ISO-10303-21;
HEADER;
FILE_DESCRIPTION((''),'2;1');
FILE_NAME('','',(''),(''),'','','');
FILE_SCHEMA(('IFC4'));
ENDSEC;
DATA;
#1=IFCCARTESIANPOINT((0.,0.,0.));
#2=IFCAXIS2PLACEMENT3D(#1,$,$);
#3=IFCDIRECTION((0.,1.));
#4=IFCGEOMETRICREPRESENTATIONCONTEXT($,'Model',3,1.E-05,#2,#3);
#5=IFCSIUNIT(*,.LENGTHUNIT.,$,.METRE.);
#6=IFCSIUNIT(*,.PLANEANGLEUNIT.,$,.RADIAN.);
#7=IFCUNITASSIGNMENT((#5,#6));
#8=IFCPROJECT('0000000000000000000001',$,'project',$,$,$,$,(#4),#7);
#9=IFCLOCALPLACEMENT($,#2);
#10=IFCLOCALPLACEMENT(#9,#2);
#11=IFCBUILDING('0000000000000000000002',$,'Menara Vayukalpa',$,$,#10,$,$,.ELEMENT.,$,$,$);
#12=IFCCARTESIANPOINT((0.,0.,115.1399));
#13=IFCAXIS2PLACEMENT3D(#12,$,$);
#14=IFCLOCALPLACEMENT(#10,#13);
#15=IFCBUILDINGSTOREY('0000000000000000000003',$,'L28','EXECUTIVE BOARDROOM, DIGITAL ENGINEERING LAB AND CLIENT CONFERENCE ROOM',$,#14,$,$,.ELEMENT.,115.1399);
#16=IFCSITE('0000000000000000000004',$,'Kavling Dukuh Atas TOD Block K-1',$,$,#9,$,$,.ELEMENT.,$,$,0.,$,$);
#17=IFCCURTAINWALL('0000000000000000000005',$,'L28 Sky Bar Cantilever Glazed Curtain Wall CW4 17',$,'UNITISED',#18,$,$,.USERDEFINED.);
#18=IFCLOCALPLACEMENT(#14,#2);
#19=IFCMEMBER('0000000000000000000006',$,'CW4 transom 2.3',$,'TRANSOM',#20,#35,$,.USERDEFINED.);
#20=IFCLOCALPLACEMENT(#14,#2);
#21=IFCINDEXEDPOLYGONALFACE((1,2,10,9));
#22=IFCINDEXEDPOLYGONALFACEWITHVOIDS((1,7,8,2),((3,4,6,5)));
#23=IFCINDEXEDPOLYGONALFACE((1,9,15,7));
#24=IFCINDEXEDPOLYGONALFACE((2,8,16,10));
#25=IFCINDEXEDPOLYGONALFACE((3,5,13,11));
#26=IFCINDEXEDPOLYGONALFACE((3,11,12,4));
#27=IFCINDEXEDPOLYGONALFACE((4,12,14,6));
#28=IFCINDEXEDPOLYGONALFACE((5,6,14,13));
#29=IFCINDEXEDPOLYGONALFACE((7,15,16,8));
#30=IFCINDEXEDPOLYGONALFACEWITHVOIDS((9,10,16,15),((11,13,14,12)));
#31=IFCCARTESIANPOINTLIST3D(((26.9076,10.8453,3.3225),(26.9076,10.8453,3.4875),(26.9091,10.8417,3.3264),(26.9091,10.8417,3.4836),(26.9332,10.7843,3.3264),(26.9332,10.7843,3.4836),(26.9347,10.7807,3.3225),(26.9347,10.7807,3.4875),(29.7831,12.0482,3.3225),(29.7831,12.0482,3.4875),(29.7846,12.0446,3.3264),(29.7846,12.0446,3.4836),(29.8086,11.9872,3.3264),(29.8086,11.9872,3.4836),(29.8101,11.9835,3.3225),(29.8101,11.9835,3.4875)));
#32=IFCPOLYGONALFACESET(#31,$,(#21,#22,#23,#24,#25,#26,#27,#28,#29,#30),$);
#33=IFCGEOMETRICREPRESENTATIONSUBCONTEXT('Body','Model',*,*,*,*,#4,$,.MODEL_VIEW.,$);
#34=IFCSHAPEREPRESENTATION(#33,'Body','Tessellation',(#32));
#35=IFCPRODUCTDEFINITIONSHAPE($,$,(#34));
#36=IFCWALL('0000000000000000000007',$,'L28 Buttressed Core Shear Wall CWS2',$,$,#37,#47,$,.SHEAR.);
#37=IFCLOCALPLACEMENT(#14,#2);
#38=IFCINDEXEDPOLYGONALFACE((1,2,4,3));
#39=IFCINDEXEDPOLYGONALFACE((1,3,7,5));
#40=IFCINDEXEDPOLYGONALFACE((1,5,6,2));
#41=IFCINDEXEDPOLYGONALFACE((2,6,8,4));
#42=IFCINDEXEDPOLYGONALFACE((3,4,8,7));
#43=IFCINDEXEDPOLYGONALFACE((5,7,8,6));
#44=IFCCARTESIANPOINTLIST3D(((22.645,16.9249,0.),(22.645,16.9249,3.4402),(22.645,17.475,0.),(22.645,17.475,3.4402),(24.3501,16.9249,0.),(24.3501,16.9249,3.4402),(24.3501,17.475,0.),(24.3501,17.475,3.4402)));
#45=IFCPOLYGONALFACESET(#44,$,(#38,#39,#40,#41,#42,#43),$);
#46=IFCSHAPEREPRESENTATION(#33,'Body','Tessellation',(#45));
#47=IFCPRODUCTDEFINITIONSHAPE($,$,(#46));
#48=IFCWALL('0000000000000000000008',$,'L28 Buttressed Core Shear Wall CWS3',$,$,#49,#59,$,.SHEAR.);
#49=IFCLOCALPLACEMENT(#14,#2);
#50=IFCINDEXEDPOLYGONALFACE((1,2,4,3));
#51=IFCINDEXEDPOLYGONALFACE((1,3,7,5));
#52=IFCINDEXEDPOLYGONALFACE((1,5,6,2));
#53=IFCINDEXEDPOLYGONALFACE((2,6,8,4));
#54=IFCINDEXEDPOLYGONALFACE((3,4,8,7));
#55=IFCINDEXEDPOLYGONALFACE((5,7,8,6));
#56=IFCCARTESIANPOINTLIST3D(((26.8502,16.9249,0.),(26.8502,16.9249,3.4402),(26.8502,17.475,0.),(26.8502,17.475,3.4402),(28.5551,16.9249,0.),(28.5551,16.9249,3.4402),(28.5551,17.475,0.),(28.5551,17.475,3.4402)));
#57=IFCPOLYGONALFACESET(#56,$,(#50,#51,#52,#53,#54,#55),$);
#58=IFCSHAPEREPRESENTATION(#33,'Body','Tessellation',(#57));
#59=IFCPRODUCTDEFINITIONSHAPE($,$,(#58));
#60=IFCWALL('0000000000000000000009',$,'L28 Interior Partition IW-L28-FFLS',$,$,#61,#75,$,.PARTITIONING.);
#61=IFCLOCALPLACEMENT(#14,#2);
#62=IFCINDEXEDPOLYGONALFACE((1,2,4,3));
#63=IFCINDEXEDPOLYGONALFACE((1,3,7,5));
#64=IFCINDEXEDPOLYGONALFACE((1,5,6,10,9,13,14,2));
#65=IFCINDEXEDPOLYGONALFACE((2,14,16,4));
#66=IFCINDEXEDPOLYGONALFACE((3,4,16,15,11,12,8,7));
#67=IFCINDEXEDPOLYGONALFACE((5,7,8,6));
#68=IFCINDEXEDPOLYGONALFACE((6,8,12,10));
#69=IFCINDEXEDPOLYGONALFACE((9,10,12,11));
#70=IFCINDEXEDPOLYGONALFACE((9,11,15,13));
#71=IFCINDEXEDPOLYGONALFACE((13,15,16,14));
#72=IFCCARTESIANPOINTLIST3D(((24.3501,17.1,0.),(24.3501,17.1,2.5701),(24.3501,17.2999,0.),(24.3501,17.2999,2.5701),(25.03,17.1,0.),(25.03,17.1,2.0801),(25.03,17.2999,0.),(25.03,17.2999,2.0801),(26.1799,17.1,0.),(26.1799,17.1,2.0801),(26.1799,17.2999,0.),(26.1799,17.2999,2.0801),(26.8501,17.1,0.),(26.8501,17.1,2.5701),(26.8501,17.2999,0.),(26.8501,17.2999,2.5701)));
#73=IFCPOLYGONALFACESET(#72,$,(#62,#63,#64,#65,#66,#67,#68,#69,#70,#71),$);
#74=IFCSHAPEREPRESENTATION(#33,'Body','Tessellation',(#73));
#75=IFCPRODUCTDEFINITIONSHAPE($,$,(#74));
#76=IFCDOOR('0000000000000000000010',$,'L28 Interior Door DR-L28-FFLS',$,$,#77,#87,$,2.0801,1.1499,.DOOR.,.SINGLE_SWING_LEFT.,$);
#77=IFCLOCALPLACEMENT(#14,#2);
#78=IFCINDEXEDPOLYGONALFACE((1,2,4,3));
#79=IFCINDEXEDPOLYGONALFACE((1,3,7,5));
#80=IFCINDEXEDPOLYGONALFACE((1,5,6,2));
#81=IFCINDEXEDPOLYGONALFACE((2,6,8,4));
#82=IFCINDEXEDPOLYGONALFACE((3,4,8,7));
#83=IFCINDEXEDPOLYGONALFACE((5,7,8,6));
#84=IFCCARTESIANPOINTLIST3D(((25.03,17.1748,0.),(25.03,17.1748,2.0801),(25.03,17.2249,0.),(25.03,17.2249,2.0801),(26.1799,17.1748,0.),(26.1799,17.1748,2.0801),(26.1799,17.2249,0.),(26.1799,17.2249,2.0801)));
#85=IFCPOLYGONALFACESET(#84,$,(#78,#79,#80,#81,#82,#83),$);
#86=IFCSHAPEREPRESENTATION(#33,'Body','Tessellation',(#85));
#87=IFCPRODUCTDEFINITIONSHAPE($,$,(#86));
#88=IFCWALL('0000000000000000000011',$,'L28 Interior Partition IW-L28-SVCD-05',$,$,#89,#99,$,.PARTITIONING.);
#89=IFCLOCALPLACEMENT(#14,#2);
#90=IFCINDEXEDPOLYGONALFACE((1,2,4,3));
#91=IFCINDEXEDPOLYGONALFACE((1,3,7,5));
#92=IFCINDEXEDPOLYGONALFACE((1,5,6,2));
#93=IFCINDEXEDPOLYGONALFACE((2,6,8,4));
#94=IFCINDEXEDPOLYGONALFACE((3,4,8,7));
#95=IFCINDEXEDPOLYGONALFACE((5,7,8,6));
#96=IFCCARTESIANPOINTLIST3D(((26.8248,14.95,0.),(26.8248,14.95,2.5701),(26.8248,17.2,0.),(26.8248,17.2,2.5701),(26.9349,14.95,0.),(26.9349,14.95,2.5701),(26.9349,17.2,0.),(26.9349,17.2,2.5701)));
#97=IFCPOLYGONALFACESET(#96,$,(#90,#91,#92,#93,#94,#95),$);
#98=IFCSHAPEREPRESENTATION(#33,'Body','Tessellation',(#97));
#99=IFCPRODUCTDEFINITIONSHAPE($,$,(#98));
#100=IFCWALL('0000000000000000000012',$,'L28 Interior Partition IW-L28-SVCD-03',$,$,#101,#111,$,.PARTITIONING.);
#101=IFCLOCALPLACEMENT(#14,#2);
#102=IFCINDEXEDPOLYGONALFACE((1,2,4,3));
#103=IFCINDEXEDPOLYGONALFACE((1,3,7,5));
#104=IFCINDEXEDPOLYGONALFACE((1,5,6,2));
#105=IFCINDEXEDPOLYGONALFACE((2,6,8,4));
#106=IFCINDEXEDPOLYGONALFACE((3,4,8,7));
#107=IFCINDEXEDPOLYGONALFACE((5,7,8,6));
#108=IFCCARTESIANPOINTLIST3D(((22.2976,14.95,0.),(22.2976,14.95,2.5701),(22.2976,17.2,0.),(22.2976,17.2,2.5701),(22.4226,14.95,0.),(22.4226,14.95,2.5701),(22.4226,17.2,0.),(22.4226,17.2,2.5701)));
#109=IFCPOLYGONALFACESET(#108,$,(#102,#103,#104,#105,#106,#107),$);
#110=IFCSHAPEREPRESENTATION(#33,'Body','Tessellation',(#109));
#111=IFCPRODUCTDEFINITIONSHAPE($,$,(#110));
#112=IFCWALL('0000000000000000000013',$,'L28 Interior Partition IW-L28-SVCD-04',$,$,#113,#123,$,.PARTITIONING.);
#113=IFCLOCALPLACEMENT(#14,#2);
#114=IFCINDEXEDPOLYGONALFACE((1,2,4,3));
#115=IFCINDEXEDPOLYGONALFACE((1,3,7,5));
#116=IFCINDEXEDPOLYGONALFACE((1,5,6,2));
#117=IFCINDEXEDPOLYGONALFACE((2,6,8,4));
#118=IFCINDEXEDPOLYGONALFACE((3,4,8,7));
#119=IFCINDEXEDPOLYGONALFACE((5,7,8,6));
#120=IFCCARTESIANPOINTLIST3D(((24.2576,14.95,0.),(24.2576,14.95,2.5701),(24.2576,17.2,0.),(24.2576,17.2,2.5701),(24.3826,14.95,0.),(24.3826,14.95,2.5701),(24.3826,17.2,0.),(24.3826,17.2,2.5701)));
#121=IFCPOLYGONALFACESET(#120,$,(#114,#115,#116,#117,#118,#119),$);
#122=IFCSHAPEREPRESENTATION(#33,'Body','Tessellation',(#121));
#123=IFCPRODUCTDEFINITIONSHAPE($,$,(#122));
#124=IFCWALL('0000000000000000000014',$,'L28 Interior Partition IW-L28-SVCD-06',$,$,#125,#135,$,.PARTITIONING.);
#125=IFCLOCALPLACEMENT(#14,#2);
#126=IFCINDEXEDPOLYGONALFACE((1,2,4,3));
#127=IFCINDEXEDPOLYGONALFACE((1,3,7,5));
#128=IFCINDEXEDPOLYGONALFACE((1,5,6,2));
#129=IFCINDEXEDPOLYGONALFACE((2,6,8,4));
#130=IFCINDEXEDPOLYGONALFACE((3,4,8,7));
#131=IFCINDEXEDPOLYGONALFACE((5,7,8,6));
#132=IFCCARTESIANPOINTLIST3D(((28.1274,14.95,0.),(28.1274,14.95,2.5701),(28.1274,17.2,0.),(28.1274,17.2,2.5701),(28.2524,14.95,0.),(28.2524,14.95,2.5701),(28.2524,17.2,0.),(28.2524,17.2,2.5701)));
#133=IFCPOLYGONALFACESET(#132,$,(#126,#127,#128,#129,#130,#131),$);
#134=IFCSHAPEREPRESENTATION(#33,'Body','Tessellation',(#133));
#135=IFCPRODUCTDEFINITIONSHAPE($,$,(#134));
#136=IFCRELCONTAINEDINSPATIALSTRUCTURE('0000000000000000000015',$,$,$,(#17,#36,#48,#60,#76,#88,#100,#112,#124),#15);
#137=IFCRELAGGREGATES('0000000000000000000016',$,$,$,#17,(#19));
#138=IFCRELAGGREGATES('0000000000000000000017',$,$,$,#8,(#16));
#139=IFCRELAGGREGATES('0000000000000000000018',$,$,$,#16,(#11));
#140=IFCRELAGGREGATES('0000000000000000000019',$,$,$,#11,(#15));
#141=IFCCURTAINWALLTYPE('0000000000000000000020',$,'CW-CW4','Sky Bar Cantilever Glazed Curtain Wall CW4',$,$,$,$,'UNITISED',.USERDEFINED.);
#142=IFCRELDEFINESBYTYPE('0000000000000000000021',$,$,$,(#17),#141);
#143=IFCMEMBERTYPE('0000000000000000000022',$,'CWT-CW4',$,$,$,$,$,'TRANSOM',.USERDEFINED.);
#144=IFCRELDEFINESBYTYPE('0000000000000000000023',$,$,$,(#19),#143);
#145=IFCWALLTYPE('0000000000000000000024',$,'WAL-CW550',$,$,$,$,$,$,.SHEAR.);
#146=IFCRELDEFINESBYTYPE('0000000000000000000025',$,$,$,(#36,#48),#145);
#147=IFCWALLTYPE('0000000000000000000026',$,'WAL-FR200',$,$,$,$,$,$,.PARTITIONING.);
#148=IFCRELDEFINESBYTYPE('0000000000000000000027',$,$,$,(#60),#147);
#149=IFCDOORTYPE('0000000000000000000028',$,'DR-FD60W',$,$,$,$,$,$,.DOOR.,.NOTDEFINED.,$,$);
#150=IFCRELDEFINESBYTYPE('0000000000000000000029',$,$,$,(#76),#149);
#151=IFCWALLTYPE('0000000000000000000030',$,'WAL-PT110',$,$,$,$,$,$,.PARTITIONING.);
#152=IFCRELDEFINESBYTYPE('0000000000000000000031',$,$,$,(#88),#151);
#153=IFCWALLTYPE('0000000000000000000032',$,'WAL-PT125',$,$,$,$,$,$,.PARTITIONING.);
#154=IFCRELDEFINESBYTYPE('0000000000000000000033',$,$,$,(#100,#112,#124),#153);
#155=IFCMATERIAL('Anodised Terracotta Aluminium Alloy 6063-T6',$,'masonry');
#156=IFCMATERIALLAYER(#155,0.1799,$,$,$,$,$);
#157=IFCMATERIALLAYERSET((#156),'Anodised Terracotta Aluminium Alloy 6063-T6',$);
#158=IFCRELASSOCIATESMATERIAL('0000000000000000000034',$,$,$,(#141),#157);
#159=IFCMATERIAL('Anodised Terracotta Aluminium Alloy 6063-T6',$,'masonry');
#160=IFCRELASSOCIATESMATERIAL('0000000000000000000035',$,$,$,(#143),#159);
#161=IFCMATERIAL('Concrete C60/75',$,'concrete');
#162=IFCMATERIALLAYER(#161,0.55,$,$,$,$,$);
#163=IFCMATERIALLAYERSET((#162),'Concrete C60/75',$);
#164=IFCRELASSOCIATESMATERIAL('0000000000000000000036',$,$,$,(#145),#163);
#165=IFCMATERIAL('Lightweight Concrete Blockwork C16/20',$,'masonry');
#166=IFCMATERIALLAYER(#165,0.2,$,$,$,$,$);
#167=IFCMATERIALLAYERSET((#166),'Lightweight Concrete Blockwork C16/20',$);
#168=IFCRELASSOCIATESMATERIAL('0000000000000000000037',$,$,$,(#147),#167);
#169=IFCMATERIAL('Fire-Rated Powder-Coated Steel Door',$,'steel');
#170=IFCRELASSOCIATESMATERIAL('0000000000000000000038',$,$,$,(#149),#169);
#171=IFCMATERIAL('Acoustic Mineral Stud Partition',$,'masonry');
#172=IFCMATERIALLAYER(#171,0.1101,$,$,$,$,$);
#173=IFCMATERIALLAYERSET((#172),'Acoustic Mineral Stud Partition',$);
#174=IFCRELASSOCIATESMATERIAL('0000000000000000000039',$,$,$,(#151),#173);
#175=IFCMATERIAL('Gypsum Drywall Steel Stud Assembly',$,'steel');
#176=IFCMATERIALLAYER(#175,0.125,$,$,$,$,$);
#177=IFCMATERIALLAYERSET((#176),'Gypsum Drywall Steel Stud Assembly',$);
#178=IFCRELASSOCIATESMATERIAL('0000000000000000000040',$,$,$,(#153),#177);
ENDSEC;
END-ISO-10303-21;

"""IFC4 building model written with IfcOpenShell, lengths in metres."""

from ifc_helpers import new_model, si_unit, direction, frame, frame_2d, origin, origin_2d, place, context, subcontext, project, spatial, rectangle, hollow_rectangle, extrude, material, layer, layer_set, material_profile, profile_set, type_object, element, fill, aggregate, save


model = new_model("IFC4")

# Units and contexts
model_context = context("Model", 3, precision=1e-05, world=origin(), true_north=direction((0.0, 1.0)))
body_context = subcontext(model_context, "Body", "Model", "MODEL_VIEW")
ifc_project = project(units=[si_unit("LENGTHUNIT", "METRE"), si_unit("PLANEANGLEUNIT", "RADIAN")], contexts=[model_context])

# Site, building, storey
site_placement = place(None, origin())
site = spatial("IfcSite", under=ifc_project, at=site_placement, Name="Kavling Dukuh Atas TOD Block K-1", CompositionType="ELEMENT", RefElevation=0.0)
building_placement = place(site_placement, origin())
building = spatial("IfcBuilding", under=site, at=building_placement, Name="Menara Vayukalpa", CompositionType="ELEMENT")
storey_placement = place(building_placement, frame((0.0, 0.0, 115.1399)))
storey = spatial("IfcBuildingStorey", under=building, at=storey_placement, Name="L28", Description="EXECUTIVE BOARDROOM, DIGITAL ENGINEERING LAB AND CLIENT CONFERENCE ROOM", CompositionType="ELEMENT", Elevation=115.1399)

# Curtain wall, member
ifc_material_1 = material(Name="Anodised Terracotta Aluminium Alloy 6063-T6", Category="masonry")
ifc_layer_1 = layer(ifc_material_1, 0.1799)
ifc_layer_set_1 = layer_set([ifc_layer_1], Name="Anodised Terracotta Aluminium Alloy 6063-T6")
curtain_wall_type = type_object("IfcCurtainWallType", Name="CW-CW4", Description="Sky Bar Cantilever Glazed Curtain Wall CW4", ElementType="UNITISED", PredefinedType="USERDEFINED", material=ifc_layer_set_1)
curtain_wall_placement = place(storey_placement, origin())
curtain_wall = element("IfcCurtainWall", 1, at=curtain_wall_placement, inside=storey, type_object=curtain_wall_type, Name="L28 Sky Bar Cantilever Glazed Curtain Wall CW4 17", ObjectType="UNITISED", PredefinedType="USERDEFINED")
ifc_material_2 = material(Name="Anodised Terracotta Aluminium Alloy 6063-T6", Category="masonry")
ifc_material_profile_1 = material_profile(ifc_material_2, hollow_rectangle(XDim=0.0701, YDim=0.165, WallThickness=0.0039, at=origin_2d()), Name="ALU 70x165x4")
ifc_profile_set_1 = profile_set([ifc_material_profile_1], Name="Anodised Terracotta Aluminium Alloy 6063-T6")
member_type = type_object("IfcMemberType", Name="CWT-CW4", ElementType="TRANSOM", PredefinedType="USERDEFINED", material=ifc_profile_set_1)
member_1_placement = place(storey_placement, frame((26.9211, 10.813, 3.405), z_axis=(0.922534, 0.385916, 0.0), x_axis=(-0.385916, 0.922534, 0.0)))
member_1 = element("IfcMember", 2, at=member_1_placement, type_object=member_type, Name="CW4 transom 2.3", ObjectType="TRANSOM", PredefinedType="USERDEFINED", context=body_context, shape_type="SweptSolid", body=[
    extrude(hollow_rectangle(XDim=0.0701, YDim=0.165, WallThickness=0.0039, at=origin_2d()), origin(), (0.0, 0.0, 1.0), 3.1169),
])
aggregate(curtain_wall, [member_1])

# Walls
ifc_material_3 = material(Name="Concrete C60/75", Category="concrete")
ifc_layer_2 = layer(ifc_material_3, 0.55)
ifc_layer_set_2 = layer_set([ifc_layer_2], Name="Concrete C60/75")
wall_type_1 = type_object("IfcWallType", Name="WAL-CW550", PredefinedType="SHEAR", material=ifc_layer_set_2)
wall_1_placement = place(storey_placement, frame((22.645, 17.2, 0.0), z_axis=(0.0, 0.0, 1.0), x_axis=(1.0, 0.0, 0.0)))
element("IfcWall", 3, at=wall_1_placement, inside=storey, type_object=wall_type_1, Name="L28 Buttressed Core Shear Wall CWS2", PredefinedType="SHEAR", context=body_context, shape_type="SweptSolid", body=[
    extrude(rectangle(XDim=1.7051, YDim=0.55, at=frame_2d((0.8525, 0.0))), origin(), (0.0, 0.0, 1.0), 3.4402),
])
wall_2_placement = place(storey_placement, frame((26.8501, 17.2, 0.0), z_axis=(0.0, 0.0, 1.0), x_axis=(1.0, 0.0, 0.0)))
element("IfcWall", 4, at=wall_2_placement, inside=storey, type_object=wall_type_1, Name="L28 Buttressed Core Shear Wall CWS3", PredefinedType="SHEAR", context=body_context, shape_type="SweptSolid", body=[
    extrude(rectangle(XDim=1.7048, YDim=0.55, at=frame_2d((0.8525, 0.0))), origin(), (0.0, 0.0, 1.0), 3.4402),
])

# Wall, opening, door
ifc_material_4 = material(Name="Lightweight Concrete Blockwork C16/20", Category="masonry")
ifc_layer_3 = layer(ifc_material_4, 0.2)
ifc_layer_set_3 = layer_set([ifc_layer_3], Name="Lightweight Concrete Blockwork C16/20")
wall_type_2 = type_object("IfcWallType", Name="WAL-FR200", PredefinedType="PARTITIONING", material=ifc_layer_set_3)
wall_3_placement = place(storey_placement, frame((24.3501, 17.2, 0.0), z_axis=(0.0, 0.0, 1.0), x_axis=(1.0, 0.0, 0.0)))
wall_3 = element("IfcWall", 5, at=wall_3_placement, inside=storey, type_object=wall_type_2, Name="L28 Interior Partition IW-L28-FFLS", PredefinedType="PARTITIONING", context=body_context, shape_type="SweptSolid", body=[
    extrude(rectangle(XDim=2.5, YDim=0.2, at=frame_2d((1.25, 0.0))), origin(), (0.0, 0.0, 1.0), 2.5701),
])
opening_1_placement = place(wall_3_placement, frame((0.6799, 0.0, 0.0)))
opening_1 = element("IfcOpeningElement", 6, at=opening_1_placement, cuts=wall_3, PredefinedType="OPENING", context=body_context, shape_type="SweptSolid", body=[
    extrude(rectangle(XDim=1.1499, YDim=2.0801, at=frame_2d((0.575, 1.04))), frame((0.0, 0.1099, 0.0), z_axis=(0.0, -1.0, 0.0), x_axis=(1.0, 0.0, 0.0)), (0.0, 0.0, 1.0), 0.22),
])
ifc_material_5 = material(Name="Fire-Rated Powder-Coated Steel Door", Category="steel")
door_type_1 = type_object("IfcDoorType", Name="DR-FD60W", OperationType="NOTDEFINED", PredefinedType="DOOR", material=ifc_material_5)
door_1_placement = place(opening_1_placement, origin())
door_1 = element("IfcDoor", 7, at=door_1_placement, inside=storey, type_object=door_type_1, Name="L28 Interior Door DR-L28-FFLS", OperationType="SINGLE_SWING_LEFT", OverallHeight=2.0801, OverallWidth=1.1499, PredefinedType="DOOR", context=body_context, shape_type="SweptSolid", body=[
    extrude(rectangle(XDim=1.1499, YDim=2.0801, at=frame_2d((0.575, 1.04))), frame((0.0, 0.0249, 0.0), z_axis=(0.0, -1.0, 0.0), x_axis=(1.0, 0.0, 0.0)), (0.0, 0.0, 1.0), 0.05),
])
fill(opening_1, door_1)

# Walls
ifc_material_6 = material(Name="Acoustic Mineral Stud Partition", Category="masonry")
ifc_layer_4 = layer(ifc_material_6, 0.1101)
ifc_layer_set_4 = layer_set([ifc_layer_4], Name="Acoustic Mineral Stud Partition")
wall_type_3 = type_object("IfcWallType", Name="WAL-PT110", PredefinedType="PARTITIONING", material=ifc_layer_set_4)
wall_4_placement = place(storey_placement, frame((26.8799, 14.95, 0.0), z_axis=(0.0, 0.0, 1.0), x_axis=(0.0, 1.0, 0.0)))
element("IfcWall", 8, at=wall_4_placement, inside=storey, type_object=wall_type_3, Name="L28 Interior Partition IW-L28-SVCD-05", PredefinedType="PARTITIONING", context=body_context, shape_type="SweptSolid", body=[
    extrude(rectangle(XDim=2.25, YDim=0.1101, at=frame_2d((1.125, 0.0))), origin(), (0.0, 0.0, 1.0), 2.5701),
])
ifc_material_7 = material(Name="Gypsum Drywall Steel Stud Assembly", Category="steel")
ifc_layer_5 = layer(ifc_material_7, 0.125)
ifc_layer_set_5 = layer_set([ifc_layer_5], Name="Gypsum Drywall Steel Stud Assembly")
wall_type_4 = type_object("IfcWallType", Name="WAL-PT125", PredefinedType="PARTITIONING", material=ifc_layer_set_5)
for number, where, z_axis, x_axis, name in (
    (9, (22.3601, 14.95, 0.0), (0.0, 0.0, 1.0), (0.0, 1.0, 0.0), "L28 Interior Partition IW-L28-SVCD-03"),
    (10, (24.3201, 14.95, 0.0), (0.0, 0.0, 1.0), (0.0, 1.0, 0.0), "L28 Interior Partition IW-L28-SVCD-04"),
    (11, (28.1899, 14.95, 0.0), (0.0, 0.0, 1.0), (0.0, 1.0, 0.0), "L28 Interior Partition IW-L28-SVCD-06"),
):
    element("IfcWall", number, at=place(storey_placement, frame(where, z_axis=z_axis, x_axis=x_axis)), inside=storey, type_object=wall_type_4, Name=name, PredefinedType="PARTITIONING", context=body_context, shape_type="SweptSolid", body=[
        extrude(rectangle(XDim=2.25, YDim=0.125, at=frame_2d((1.125, 0.0))), origin(), (0.0, 0.0, 1.0), 2.5701),
    ])

save(model, "model.ifc")
